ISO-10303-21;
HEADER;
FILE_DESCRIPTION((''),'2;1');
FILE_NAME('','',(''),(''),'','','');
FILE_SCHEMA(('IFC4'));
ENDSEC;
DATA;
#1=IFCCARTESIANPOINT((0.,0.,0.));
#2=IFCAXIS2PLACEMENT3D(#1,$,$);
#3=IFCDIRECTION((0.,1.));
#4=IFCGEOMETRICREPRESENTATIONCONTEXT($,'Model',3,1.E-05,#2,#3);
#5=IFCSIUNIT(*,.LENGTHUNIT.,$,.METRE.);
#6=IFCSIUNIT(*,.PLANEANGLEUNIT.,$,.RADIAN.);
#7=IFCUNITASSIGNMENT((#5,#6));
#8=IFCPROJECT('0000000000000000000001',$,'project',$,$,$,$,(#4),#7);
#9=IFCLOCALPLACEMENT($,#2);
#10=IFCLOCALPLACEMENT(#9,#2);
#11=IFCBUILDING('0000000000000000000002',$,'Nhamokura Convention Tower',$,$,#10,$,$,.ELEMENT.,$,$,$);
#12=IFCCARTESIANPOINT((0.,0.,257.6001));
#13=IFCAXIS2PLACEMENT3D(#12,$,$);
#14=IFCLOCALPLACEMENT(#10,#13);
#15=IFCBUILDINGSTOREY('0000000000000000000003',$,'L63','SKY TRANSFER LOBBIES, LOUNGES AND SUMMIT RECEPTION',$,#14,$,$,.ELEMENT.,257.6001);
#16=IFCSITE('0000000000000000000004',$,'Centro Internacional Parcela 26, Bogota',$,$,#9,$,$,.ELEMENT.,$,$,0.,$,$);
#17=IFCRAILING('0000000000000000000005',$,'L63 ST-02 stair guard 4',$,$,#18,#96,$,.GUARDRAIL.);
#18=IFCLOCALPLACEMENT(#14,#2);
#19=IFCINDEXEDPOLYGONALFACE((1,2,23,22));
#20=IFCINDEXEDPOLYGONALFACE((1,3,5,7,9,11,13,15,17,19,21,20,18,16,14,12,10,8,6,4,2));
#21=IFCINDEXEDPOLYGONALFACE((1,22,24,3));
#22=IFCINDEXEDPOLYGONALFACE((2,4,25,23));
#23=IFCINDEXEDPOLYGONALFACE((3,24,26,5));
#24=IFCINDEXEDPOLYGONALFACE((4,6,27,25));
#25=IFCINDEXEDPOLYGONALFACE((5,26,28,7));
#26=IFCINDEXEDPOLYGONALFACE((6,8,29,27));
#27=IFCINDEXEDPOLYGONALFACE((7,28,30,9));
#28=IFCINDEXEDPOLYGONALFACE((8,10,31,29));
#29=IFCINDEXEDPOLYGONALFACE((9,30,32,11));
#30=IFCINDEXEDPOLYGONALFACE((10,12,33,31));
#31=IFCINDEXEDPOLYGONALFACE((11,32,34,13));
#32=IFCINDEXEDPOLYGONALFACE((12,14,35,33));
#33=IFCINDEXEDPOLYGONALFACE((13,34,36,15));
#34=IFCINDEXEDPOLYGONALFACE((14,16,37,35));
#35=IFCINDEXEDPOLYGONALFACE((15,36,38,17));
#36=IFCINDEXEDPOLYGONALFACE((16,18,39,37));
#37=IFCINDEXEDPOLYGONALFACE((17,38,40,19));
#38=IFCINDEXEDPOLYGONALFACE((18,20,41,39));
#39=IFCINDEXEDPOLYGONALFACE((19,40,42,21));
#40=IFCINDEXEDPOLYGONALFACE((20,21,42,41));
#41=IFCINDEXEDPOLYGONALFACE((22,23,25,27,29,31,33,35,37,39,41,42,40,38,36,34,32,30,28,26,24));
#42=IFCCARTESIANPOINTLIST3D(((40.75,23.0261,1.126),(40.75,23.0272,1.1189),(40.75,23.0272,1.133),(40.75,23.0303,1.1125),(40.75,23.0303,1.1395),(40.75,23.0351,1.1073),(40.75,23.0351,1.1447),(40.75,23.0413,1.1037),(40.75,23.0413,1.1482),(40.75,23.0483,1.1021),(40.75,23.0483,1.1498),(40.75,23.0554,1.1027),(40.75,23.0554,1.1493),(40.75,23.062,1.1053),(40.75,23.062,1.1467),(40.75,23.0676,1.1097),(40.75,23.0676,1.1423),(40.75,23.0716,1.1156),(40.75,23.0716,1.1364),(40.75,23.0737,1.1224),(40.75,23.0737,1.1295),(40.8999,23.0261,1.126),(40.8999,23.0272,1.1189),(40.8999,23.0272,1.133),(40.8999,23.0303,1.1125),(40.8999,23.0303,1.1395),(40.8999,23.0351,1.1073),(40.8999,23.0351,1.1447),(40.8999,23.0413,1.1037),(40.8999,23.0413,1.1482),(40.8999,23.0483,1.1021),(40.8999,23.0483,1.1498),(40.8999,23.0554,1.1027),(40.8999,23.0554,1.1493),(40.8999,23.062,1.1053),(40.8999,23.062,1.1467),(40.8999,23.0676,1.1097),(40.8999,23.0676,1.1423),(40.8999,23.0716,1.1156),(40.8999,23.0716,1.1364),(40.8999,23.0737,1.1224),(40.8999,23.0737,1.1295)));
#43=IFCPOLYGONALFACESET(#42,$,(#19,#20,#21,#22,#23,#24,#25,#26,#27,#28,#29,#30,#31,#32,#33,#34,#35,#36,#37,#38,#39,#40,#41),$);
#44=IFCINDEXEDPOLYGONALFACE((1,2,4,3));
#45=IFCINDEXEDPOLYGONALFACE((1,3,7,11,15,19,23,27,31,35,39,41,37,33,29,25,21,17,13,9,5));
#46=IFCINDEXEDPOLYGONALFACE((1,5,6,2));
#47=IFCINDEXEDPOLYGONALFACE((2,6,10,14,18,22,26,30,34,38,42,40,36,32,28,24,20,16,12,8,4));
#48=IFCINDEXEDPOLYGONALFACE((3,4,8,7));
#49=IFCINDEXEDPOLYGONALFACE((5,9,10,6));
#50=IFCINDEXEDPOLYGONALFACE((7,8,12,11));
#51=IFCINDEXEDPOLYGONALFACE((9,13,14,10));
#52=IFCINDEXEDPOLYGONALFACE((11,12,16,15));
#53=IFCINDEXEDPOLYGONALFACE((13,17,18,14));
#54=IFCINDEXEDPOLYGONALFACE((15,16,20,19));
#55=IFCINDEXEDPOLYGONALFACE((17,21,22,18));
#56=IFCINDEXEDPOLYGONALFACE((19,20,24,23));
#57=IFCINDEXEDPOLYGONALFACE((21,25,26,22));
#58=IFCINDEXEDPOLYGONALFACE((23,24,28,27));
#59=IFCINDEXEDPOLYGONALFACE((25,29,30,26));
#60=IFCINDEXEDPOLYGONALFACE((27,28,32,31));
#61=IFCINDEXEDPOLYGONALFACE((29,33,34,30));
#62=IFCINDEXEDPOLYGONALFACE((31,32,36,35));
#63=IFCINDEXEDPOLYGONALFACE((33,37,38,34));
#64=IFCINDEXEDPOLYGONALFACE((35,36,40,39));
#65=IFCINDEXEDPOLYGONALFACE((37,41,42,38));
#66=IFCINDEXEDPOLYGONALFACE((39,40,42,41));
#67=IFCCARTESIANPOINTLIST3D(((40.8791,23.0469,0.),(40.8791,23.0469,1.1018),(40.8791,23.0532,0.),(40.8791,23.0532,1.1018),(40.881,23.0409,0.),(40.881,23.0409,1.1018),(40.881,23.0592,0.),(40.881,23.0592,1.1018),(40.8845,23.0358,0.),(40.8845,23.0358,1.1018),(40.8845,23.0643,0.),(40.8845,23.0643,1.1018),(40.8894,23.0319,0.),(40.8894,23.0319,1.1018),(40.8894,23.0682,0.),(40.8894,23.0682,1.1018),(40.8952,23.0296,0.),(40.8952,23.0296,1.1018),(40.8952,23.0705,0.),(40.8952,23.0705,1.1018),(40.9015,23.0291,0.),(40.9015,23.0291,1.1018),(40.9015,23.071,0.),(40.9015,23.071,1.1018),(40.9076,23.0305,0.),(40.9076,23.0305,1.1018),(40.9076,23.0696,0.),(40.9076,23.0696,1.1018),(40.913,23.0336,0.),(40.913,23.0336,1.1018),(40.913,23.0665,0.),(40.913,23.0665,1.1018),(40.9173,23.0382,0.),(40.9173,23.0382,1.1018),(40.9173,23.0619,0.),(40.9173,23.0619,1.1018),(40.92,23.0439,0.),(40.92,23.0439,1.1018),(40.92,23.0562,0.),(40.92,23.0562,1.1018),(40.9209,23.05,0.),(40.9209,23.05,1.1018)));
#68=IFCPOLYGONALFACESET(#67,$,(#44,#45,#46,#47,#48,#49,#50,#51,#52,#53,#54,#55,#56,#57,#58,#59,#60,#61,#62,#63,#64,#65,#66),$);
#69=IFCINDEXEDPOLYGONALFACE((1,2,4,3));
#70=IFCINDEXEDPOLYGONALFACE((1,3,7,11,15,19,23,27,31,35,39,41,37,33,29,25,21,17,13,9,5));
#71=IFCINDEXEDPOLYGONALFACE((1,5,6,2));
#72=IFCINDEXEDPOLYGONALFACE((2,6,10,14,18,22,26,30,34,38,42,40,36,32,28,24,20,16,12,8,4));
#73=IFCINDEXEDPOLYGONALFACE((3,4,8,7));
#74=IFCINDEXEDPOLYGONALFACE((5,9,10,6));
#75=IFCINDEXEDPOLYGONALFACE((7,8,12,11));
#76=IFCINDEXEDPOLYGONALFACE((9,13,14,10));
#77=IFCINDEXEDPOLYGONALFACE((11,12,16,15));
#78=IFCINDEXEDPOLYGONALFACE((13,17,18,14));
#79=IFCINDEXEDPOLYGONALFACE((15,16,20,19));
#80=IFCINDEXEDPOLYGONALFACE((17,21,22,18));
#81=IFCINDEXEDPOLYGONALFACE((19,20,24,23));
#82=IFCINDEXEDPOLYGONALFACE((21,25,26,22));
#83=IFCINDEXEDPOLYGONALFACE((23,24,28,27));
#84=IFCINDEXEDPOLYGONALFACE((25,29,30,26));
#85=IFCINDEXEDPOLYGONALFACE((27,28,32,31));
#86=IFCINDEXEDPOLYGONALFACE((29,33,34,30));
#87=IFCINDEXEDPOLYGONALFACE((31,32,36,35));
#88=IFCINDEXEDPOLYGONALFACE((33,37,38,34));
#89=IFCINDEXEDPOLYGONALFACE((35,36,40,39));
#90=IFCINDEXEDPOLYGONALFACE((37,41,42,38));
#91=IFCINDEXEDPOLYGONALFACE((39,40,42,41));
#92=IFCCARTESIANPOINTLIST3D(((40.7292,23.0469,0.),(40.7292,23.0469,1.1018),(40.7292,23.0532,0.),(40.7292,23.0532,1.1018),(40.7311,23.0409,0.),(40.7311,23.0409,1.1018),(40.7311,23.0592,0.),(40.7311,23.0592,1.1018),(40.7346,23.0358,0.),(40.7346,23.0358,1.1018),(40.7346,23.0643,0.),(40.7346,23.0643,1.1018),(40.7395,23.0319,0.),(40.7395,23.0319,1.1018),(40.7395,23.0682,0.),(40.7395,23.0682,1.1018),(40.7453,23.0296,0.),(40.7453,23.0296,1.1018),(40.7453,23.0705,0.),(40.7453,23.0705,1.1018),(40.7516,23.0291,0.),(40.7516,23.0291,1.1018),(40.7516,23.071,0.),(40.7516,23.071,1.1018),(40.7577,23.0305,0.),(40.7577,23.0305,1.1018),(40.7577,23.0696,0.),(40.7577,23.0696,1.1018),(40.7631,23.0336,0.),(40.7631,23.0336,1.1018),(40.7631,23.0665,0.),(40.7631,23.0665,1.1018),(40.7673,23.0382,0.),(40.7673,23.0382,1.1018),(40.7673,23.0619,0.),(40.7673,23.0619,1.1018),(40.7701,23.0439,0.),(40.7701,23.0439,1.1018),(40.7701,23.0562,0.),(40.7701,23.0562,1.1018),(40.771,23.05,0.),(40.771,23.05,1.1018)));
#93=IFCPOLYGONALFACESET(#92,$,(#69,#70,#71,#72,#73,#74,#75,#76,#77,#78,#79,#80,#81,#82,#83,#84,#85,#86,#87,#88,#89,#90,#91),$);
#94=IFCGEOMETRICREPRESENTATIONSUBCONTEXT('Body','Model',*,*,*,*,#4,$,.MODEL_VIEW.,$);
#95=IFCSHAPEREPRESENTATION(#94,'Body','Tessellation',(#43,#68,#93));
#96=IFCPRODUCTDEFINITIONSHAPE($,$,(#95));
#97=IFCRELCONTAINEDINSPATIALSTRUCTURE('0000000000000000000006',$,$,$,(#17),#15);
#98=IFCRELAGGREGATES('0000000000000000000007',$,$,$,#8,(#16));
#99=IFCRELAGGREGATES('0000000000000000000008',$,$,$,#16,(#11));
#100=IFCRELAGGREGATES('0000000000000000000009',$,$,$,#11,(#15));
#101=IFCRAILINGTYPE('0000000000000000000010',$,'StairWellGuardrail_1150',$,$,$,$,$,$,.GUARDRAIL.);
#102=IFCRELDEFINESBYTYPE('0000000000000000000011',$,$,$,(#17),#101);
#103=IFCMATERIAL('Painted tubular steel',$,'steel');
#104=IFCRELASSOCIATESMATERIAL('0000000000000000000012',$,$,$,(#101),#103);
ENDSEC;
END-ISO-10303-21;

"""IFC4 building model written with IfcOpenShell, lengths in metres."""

from ifc_helpers import new_model, si_unit, direction, frame, origin, origin_2d, place, context, subcontext, project, spatial, circle, extrude, material, type_object, element, save


model = new_model("IFC4")

# Units and contexts
model_context = context("Model", 3, precision=1e-05, world=origin(), true_north=direction((0.0, 1.0)))
body_context = subcontext(model_context, "Body", "Model", "MODEL_VIEW")
ifc_project = project(units=[si_unit("LENGTHUNIT", "METRE"), si_unit("PLANEANGLEUNIT", "RADIAN")], contexts=[model_context])

# Site, building, storey
site_placement = place(None, origin())
site = spatial("IfcSite", under=ifc_project, at=site_placement, Name="Centro Internacional Parcela 26, Bogota", CompositionType="ELEMENT", RefElevation=0.0)
building_placement = place(site_placement, origin())
building = spatial("IfcBuilding", under=site, at=building_placement, Name="Nhamokura Convention Tower", CompositionType="ELEMENT")
storey_placement = place(building_placement, frame((0.0, 0.0, 257.6001)))
storey = spatial("IfcBuildingStorey", under=building, at=storey_placement, Name="L63", Description="SKY TRANSFER LOBBIES, LOUNGES AND SUMMIT RECEPTION", CompositionType="ELEMENT", Elevation=257.6001)

# Railing
ifc_material_1 = material(Name="Painted tubular steel", Category="steel")
railing_type_1 = type_object("IfcRailingType", Name="StairWellGuardrail_1150", PredefinedType="GUARDRAIL", material=ifc_material_1)
railing_1_placement = place(storey_placement, frame((40.8999, 23.05, 0.0)))
element("IfcRailing", 1, at=railing_1_placement, inside=storey, type_object=railing_type_1, Name="L63 ST-02 stair guard 4", PredefinedType="GUARDRAIL", context=body_context, shape_type="SweptSolid", body=[
    extrude(circle(Radius=0.0239, at=origin_2d()), frame((0.0, 0.0, 1.126), z_axis=(-1.0, 0.0, 0.0), x_axis=(0.0, -1.0, 0.0)), (0.0, 0.0, 1.0), 0.1499),
    extrude(circle(Radius=0.021, at=origin_2d()), origin(), (0.0, 0.0, 1.0), 1.1018),
    extrude(circle(Radius=0.021, at=origin_2d()), frame((-0.1499, 0.0, 0.0)), (0.0, 0.0, 1.0), 1.1018),
])

save(model, "model.ifc")
